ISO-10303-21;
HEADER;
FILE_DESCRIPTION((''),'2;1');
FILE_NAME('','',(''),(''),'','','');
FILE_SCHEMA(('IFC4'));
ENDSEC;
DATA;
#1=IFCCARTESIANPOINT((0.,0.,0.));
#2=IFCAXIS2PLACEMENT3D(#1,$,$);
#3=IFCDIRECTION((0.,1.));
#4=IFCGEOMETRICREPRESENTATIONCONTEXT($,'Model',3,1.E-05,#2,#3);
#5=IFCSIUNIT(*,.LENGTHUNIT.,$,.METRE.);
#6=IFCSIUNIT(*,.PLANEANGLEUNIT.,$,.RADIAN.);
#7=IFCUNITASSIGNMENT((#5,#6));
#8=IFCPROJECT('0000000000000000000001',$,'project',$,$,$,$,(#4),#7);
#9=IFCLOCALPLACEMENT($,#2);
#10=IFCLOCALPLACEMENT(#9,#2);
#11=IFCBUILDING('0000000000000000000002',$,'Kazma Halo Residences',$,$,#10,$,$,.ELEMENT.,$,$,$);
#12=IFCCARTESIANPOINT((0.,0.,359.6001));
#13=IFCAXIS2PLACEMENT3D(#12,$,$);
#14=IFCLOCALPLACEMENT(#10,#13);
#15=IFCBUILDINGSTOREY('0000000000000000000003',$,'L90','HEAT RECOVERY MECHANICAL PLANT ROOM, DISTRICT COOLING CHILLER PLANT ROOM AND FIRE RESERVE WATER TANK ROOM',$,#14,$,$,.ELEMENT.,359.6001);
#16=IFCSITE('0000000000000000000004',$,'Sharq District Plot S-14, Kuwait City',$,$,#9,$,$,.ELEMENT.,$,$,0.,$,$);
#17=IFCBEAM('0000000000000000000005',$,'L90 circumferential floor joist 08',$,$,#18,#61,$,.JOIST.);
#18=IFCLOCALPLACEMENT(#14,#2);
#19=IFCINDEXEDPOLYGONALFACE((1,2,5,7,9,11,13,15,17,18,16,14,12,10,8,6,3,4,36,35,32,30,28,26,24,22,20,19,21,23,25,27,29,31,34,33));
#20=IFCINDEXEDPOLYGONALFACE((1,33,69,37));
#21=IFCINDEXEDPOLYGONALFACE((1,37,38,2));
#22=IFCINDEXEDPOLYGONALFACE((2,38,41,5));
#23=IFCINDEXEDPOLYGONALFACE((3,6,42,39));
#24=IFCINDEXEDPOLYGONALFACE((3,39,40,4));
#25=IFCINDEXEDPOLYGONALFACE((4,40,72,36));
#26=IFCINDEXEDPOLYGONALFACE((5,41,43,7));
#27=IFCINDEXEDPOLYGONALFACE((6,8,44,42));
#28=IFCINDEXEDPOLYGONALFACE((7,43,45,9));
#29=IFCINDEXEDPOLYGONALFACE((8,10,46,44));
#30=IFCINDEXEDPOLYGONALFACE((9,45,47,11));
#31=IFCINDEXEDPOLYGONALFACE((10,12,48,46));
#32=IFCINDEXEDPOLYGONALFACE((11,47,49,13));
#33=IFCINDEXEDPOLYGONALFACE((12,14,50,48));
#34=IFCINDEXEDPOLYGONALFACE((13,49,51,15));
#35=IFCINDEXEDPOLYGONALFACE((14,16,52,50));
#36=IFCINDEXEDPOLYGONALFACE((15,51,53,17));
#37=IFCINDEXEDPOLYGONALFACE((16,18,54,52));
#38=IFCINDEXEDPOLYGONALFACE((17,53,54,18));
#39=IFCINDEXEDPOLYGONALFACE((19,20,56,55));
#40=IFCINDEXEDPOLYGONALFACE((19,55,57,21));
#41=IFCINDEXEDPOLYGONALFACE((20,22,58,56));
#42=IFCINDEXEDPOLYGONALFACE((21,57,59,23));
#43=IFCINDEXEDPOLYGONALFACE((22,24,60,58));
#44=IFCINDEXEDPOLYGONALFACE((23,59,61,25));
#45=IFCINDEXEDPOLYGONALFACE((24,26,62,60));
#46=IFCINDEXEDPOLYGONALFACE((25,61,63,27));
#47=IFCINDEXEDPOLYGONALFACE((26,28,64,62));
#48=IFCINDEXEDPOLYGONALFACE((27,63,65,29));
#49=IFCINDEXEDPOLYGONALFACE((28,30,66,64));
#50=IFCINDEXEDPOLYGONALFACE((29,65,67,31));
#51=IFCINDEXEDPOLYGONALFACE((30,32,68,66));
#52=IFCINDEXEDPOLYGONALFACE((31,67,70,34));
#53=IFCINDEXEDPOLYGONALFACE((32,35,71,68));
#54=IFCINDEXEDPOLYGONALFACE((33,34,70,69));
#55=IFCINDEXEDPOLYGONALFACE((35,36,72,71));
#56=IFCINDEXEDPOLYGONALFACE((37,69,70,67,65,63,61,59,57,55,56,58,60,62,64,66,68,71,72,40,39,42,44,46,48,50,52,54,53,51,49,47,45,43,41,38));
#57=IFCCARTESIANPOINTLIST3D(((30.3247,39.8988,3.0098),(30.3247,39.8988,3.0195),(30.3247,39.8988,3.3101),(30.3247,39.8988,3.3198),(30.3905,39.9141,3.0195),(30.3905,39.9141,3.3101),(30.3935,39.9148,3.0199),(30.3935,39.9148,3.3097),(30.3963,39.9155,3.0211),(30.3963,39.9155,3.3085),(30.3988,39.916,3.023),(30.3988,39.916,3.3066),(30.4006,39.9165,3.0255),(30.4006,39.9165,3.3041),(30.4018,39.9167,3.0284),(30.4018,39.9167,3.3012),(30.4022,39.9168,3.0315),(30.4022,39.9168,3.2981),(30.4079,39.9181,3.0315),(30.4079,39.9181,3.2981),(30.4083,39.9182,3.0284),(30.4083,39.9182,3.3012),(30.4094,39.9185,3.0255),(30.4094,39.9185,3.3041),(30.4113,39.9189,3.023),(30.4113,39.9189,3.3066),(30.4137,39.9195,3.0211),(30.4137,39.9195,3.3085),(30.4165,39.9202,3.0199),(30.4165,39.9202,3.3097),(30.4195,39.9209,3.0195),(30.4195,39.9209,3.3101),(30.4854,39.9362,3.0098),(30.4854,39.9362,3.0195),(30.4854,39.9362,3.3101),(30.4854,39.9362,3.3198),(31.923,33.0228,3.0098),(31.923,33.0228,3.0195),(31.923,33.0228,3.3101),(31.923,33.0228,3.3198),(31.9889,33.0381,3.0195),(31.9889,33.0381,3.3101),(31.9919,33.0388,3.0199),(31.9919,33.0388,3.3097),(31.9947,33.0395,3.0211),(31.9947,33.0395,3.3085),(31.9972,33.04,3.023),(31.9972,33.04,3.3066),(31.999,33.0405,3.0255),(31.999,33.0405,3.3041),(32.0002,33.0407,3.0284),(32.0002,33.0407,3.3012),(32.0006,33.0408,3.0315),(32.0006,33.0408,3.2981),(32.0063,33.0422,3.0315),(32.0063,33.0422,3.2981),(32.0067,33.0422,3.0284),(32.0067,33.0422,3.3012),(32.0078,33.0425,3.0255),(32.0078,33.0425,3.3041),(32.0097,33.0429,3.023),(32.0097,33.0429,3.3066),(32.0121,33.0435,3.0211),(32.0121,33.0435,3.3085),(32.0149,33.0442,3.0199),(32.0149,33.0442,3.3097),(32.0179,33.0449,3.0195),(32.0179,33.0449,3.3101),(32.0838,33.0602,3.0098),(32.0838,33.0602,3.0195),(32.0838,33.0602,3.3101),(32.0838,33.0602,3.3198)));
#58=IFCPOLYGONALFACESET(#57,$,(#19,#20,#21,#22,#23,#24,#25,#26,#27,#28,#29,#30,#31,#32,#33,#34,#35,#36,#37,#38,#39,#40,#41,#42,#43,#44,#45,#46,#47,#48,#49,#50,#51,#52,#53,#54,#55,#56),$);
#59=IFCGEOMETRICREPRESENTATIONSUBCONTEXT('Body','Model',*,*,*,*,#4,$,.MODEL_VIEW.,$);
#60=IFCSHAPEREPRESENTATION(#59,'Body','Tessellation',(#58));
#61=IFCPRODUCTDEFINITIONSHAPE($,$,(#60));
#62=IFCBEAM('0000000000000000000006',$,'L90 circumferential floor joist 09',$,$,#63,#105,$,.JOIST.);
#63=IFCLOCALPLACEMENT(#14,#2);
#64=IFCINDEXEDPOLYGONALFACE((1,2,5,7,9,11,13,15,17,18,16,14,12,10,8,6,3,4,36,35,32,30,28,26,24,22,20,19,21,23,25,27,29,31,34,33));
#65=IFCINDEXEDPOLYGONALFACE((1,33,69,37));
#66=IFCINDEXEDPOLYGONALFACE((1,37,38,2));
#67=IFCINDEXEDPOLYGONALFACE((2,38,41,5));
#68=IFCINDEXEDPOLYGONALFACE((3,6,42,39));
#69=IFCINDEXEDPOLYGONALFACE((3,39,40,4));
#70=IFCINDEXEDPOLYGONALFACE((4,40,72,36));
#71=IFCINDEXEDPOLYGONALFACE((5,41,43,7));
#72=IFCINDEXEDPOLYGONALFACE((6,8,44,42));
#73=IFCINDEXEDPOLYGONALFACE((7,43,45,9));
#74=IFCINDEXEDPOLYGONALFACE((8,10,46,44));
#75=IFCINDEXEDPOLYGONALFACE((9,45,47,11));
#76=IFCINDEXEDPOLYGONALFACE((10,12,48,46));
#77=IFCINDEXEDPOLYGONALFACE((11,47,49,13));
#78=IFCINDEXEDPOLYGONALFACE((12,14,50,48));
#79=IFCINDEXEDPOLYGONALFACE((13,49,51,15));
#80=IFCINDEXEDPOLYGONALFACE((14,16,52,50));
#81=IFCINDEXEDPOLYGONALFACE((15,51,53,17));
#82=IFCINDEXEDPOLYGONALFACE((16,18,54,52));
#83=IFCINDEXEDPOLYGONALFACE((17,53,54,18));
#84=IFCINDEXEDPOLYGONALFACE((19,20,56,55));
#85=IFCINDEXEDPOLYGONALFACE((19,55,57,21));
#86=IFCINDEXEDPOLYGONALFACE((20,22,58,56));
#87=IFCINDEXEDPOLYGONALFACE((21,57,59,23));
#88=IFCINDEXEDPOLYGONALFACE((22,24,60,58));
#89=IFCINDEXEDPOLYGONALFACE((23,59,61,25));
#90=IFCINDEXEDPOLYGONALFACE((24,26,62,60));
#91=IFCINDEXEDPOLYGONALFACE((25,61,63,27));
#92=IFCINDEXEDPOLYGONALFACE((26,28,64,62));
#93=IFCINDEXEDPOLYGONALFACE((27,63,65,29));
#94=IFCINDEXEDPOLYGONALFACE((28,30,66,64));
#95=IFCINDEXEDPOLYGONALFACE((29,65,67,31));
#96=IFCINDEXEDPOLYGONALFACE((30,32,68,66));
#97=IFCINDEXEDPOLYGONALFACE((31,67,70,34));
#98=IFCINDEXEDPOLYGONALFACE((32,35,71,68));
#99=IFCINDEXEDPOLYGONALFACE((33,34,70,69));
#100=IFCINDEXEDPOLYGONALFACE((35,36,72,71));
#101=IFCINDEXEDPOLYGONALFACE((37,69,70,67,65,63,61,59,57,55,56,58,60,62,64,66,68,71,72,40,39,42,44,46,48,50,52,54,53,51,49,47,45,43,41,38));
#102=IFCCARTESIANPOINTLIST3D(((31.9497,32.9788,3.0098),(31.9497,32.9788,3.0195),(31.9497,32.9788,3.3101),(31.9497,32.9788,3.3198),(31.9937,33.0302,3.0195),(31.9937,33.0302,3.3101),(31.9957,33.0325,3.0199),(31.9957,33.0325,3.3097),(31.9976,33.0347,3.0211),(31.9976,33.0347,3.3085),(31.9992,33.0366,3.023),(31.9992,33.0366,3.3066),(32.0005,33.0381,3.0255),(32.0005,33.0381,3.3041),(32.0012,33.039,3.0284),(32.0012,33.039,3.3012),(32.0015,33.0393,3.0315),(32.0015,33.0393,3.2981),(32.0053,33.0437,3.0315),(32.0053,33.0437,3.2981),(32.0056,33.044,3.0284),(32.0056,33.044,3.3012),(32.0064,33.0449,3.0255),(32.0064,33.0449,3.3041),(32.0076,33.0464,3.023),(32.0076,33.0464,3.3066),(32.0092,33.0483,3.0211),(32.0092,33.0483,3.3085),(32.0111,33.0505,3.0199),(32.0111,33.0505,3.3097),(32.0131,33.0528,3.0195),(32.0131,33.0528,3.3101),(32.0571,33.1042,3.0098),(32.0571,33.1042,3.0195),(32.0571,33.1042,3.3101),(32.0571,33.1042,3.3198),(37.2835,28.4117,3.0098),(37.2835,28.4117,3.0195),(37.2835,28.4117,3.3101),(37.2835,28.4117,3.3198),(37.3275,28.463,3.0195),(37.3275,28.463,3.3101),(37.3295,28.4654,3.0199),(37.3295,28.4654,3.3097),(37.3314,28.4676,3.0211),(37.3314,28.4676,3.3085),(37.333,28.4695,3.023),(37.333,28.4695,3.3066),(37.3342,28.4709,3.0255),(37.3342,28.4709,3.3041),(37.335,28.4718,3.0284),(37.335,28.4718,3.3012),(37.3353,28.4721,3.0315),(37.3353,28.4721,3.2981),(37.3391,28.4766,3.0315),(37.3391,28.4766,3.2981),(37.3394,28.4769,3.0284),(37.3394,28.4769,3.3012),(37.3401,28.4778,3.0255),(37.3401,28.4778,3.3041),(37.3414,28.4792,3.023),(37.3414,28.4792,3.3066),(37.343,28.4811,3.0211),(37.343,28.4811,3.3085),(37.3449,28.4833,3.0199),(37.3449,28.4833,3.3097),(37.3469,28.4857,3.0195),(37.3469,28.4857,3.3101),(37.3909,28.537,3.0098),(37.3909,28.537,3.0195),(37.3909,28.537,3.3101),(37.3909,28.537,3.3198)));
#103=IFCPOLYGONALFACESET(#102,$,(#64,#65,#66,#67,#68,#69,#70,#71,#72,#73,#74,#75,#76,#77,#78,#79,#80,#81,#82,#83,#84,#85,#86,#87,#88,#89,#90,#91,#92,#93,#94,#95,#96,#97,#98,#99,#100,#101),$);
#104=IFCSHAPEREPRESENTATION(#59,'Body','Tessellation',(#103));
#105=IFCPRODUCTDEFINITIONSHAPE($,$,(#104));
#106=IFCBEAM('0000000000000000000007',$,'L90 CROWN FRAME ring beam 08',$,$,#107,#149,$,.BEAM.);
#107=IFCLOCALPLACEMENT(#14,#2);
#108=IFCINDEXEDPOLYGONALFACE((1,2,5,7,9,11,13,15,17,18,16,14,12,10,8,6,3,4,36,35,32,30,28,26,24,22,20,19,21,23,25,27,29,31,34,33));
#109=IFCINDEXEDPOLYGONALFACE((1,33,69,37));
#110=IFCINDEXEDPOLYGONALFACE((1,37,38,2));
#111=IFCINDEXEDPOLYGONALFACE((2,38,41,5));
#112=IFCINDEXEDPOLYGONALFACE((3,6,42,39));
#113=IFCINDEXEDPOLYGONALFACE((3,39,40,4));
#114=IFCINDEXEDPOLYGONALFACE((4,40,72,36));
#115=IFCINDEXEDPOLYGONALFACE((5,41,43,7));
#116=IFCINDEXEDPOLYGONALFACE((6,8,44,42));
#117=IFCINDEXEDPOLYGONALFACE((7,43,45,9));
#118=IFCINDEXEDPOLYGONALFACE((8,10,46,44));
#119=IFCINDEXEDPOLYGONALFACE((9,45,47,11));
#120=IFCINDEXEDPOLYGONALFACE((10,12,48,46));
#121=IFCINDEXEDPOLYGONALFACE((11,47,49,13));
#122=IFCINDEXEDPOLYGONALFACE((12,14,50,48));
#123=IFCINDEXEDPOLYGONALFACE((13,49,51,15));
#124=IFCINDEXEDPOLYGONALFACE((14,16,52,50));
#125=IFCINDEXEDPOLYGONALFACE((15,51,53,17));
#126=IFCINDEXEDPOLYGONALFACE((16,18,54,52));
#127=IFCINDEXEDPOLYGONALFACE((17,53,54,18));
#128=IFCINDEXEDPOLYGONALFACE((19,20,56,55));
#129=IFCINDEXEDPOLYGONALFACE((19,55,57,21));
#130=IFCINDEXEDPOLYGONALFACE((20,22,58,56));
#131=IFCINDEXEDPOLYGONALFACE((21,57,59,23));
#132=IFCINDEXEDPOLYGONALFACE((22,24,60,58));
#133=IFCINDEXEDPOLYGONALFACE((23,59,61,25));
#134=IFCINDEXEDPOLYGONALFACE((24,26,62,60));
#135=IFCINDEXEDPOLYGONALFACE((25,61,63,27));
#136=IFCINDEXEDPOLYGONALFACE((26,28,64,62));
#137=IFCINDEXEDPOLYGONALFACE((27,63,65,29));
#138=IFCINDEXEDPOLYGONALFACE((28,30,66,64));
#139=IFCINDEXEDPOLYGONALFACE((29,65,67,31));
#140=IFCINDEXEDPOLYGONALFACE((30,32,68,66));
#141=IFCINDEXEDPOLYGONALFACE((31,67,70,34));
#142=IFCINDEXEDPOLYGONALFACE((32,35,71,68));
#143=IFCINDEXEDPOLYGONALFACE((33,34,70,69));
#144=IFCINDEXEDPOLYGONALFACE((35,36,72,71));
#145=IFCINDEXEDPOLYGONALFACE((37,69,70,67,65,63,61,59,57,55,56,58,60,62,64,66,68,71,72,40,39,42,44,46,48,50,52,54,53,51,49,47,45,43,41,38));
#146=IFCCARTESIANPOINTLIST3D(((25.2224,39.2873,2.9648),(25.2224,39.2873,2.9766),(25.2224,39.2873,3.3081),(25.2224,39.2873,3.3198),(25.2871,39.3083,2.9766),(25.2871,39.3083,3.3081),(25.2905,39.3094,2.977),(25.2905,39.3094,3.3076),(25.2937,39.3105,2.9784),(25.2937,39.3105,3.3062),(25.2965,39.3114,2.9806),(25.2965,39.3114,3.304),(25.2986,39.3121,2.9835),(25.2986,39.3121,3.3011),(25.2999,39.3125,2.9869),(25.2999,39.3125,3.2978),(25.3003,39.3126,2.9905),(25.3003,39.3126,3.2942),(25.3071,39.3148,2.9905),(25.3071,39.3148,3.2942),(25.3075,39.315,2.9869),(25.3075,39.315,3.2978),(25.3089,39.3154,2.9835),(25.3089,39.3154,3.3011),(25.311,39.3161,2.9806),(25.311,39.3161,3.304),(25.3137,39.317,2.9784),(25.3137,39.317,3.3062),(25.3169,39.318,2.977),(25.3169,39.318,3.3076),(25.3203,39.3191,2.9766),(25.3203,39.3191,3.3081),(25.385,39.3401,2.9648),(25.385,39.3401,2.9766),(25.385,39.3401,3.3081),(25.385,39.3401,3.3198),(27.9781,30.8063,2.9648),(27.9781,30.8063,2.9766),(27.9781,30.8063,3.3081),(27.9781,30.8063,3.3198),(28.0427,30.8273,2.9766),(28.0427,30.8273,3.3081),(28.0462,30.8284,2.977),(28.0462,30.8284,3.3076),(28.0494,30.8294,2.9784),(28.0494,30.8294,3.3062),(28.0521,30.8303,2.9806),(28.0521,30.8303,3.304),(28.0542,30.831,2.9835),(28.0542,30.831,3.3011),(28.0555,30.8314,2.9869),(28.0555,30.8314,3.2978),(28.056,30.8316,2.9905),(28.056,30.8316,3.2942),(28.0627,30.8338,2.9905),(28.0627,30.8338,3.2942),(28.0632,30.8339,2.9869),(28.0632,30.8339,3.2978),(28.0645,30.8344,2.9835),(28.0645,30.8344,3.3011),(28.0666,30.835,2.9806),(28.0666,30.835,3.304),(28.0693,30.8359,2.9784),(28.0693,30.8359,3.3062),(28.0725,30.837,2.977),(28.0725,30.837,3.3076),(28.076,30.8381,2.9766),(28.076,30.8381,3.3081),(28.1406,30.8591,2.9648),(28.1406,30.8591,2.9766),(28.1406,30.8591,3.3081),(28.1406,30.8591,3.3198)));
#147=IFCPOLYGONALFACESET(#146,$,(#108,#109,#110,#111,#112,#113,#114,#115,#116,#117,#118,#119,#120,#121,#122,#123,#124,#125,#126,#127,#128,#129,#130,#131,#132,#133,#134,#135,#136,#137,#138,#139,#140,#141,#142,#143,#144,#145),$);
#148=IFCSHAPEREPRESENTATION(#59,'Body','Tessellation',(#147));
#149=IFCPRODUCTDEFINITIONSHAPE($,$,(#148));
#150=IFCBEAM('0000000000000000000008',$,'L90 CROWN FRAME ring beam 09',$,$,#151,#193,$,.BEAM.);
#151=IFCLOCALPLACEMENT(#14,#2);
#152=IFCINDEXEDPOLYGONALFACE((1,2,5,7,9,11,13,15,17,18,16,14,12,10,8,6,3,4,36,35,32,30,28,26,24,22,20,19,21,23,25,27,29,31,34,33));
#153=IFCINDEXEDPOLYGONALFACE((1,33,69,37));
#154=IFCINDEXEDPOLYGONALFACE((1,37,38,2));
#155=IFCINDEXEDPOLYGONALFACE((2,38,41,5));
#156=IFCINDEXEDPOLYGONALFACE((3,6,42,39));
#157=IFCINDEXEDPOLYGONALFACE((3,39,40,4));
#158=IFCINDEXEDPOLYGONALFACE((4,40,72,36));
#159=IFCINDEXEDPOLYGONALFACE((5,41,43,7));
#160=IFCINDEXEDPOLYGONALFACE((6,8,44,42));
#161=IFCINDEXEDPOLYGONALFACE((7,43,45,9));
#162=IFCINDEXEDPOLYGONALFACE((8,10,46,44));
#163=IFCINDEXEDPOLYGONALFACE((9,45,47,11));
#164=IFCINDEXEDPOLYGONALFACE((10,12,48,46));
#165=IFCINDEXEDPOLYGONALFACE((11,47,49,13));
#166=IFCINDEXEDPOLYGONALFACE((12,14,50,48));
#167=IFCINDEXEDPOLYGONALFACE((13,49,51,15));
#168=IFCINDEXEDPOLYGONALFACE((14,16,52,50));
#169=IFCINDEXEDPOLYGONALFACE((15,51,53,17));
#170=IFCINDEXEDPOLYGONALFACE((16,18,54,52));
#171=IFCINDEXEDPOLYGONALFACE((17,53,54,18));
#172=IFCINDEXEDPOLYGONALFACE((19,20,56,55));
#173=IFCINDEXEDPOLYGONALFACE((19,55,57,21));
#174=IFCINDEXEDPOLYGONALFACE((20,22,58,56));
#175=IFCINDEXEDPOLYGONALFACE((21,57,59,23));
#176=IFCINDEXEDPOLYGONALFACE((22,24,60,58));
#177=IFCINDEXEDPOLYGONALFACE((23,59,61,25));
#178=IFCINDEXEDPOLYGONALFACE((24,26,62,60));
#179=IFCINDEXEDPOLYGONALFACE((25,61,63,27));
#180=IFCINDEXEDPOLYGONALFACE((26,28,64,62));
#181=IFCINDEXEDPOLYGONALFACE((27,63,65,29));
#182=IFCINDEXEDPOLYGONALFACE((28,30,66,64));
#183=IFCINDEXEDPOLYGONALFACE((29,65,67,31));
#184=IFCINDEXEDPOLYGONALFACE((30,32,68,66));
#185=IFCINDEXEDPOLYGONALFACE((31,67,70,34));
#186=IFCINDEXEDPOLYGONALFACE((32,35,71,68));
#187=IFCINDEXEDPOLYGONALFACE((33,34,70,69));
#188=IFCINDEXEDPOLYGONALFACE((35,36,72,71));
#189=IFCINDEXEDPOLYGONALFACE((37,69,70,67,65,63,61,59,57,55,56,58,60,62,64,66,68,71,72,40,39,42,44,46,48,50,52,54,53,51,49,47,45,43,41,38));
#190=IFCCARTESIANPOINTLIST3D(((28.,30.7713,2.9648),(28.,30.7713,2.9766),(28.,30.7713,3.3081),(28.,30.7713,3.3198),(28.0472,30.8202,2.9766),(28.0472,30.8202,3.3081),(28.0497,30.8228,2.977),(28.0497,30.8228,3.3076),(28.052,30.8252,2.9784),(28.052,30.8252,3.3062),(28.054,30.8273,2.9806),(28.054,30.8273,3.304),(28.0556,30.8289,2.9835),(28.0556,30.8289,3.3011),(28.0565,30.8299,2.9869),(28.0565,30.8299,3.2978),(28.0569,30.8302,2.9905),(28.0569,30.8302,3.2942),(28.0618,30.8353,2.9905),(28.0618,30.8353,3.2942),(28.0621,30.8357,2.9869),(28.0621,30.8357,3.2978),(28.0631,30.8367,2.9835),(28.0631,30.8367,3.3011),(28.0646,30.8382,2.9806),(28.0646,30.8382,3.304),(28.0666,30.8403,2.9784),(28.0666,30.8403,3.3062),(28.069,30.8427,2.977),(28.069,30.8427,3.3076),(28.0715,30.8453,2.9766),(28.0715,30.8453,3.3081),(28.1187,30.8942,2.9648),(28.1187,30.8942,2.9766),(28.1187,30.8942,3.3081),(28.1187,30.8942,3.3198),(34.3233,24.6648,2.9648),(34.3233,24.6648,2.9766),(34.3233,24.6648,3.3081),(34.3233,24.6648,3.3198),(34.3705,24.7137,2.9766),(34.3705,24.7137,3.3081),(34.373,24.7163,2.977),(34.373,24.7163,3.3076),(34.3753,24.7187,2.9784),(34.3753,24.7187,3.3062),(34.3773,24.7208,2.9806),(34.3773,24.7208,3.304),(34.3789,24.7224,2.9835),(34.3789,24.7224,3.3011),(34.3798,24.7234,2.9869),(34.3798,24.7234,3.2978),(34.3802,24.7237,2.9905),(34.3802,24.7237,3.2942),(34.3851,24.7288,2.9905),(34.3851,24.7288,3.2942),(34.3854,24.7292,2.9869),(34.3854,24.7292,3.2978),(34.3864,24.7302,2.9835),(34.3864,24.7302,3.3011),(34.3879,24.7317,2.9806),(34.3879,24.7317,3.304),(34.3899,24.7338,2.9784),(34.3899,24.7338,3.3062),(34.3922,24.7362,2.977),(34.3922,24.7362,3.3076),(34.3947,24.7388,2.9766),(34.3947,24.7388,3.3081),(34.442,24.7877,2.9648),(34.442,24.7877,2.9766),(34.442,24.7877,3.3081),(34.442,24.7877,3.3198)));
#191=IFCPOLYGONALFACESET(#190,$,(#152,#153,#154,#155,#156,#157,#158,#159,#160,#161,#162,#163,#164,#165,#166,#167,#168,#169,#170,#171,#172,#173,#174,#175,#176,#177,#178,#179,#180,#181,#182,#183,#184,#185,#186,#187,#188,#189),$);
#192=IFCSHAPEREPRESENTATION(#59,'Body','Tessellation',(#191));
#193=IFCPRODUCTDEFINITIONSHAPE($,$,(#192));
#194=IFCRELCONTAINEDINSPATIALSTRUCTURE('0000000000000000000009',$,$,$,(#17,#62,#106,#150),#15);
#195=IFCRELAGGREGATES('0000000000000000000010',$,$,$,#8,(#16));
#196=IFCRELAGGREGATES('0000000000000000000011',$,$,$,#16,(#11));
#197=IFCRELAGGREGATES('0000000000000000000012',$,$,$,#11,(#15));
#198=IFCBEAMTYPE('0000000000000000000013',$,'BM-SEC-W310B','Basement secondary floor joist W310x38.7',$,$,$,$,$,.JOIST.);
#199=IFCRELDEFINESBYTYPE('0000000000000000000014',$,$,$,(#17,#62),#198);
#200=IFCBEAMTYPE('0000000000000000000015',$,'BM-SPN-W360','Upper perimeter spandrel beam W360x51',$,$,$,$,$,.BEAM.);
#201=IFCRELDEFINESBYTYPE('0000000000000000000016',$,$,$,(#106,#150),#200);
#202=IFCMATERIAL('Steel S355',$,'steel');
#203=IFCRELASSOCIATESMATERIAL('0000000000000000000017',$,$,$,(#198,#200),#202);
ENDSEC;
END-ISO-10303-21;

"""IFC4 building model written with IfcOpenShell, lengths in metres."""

from ifc_helpers import new_model, si_unit, direction, frame, origin, origin_2d, place, context, subcontext, project, spatial, i_section, extrude, material, material_profile, profile_set, type_object, element, save


model = new_model("IFC4")

# Units and contexts
model_context = context("Model", 3, precision=1e-05, world=origin(), true_north=direction((0.0, 1.0)))
body_context = subcontext(model_context, "Body", "Model", "MODEL_VIEW")
ifc_project = project(units=[si_unit("LENGTHUNIT", "METRE"), si_unit("PLANEANGLEUNIT", "RADIAN")], contexts=[model_context])

# Site, building, storey
site_placement = place(None, origin())
site = spatial("IfcSite", under=ifc_project, at=site_placement, Name="Sharq District Plot S-14, Kuwait City", CompositionType="ELEMENT", RefElevation=0.0)
building_placement = place(site_placement, origin())
building = spatial("IfcBuilding", under=site, at=building_placement, Name="Kazma Halo Residences", CompositionType="ELEMENT")
storey_placement = place(building_placement, frame((0.0, 0.0, 359.6001)))
storey = spatial("IfcBuildingStorey", under=building, at=storey_placement, Name="L90", Description="HEAT RECOVERY MECHANICAL PLANT ROOM, DISTRICT COOLING CHILLER PLANT ROOM AND FIRE RESERVE WATER TANK ROOM", CompositionType="ELEMENT", Elevation=359.6001)

# Shared definitions
ifc_material_1 = material(Name="Steel S355", Category="steel")

# Beams
ifc_material_profile_1 = material_profile(ifc_material_1, i_section(OverallWidth=0.165, OverallDepth=0.3101, WebThickness=0.0059, FlangeThickness=0.0098, FilletRadius=0.012, at=origin_2d()), Name="W310x38.7")
ifc_profile_set_1 = profile_set([ifc_material_profile_1], Name="Steel S355")
beam_type_1 = type_object("IfcBeamType", Name="BM-SEC-W310B", Description="Basement secondary floor joist W310x38.7", PredefinedType="JOIST", material=ifc_profile_set_1)
beam_1_placement = place(storey_placement, frame((30.405, 39.9175, 3.1648), z_axis=(0.226423, -0.974029, 0.0), x_axis=(0.974029, 0.226423, 0.0)))
element("IfcBeam", 1, at=beam_1_placement, inside=storey, type_object=beam_type_1, Name="L90 circumferential floor joist 08", PredefinedType="JOIST", context=body_context, shape_type="SweptSolid", body=[
    extrude(i_section(OverallWidth=0.165, OverallDepth=0.3101, WebThickness=0.0059, FlangeThickness=0.0098, FilletRadius=0.012, at=origin_2d()), origin(), (0.0, 0.0, 1.0), 7.0593),
])
beam_2_placement = place(storey_placement, frame((32.0034, 33.0415, 3.1648), z_axis=(0.759583, -0.65041, 0.0), x_axis=(0.65041, 0.759583, 0.0)))
element("IfcBeam", 2, at=beam_2_placement, inside=storey, type_object=beam_type_1, Name="L90 circumferential floor joist 09", PredefinedType="JOIST", context=body_context, shape_type="SweptSolid", body=[
    extrude(i_section(OverallWidth=0.165, OverallDepth=0.3101, WebThickness=0.0059, FlangeThickness=0.0098, FilletRadius=0.012, at=origin_2d()), origin(), (0.0, 0.0, 1.0), 7.022),
])
ifc_material_profile_2 = material_profile(ifc_material_1, i_section(OverallWidth=0.1709, OverallDepth=0.355, WebThickness=0.0071, FlangeThickness=0.0117, FilletRadius=0.0139, at=origin_2d()), Name="W360x51")
ifc_profile_set_2 = profile_set([ifc_material_profile_2], Name="Steel S355")
beam_type_2 = type_object("IfcBeamType", Name="BM-SPN-W360", Description="Upper perimeter spandrel beam W360x51", PredefinedType="BEAM", material=ifc_profile_set_2)
beam_3_placement = place(storey_placement, frame((25.3037, 39.3137, 3.1423), z_axis=(0.309015, -0.951057, 0.0), x_axis=(0.951057, 0.309015, 0.0)))
element("IfcBeam", 3, at=beam_3_placement, inside=storey, type_object=beam_type_2, Name="L90 CROWN FRAME ring beam 08", PredefinedType="BEAM", context=body_context, shape_type="SweptSolid", body=[
    extrude(i_section(OverallWidth=0.1709, OverallDepth=0.355, WebThickness=0.0071, FlangeThickness=0.0117, FilletRadius=0.0139, at=origin_2d()), origin(), (0.0, 0.0, 1.0), 8.9175),
])
beam_4_placement = place(storey_placement, frame((28.0593, 30.8328, 3.1423), z_axis=(0.719331, -0.694668, 0.0), x_axis=(0.694668, 0.719331, 0.0)))
element("IfcBeam", 4, at=beam_4_placement, inside=storey, type_object=beam_type_2, Name="L90 CROWN FRAME ring beam 09", PredefinedType="BEAM", context=body_context, shape_type="SweptSolid", body=[
    extrude(i_section(OverallWidth=0.1709, OverallDepth=0.355, WebThickness=0.0071, FlangeThickness=0.0117, FilletRadius=0.0139, at=origin_2d()), origin(), (0.0, 0.0, 1.0), 8.7905),
])

save(model, "model.ifc")
